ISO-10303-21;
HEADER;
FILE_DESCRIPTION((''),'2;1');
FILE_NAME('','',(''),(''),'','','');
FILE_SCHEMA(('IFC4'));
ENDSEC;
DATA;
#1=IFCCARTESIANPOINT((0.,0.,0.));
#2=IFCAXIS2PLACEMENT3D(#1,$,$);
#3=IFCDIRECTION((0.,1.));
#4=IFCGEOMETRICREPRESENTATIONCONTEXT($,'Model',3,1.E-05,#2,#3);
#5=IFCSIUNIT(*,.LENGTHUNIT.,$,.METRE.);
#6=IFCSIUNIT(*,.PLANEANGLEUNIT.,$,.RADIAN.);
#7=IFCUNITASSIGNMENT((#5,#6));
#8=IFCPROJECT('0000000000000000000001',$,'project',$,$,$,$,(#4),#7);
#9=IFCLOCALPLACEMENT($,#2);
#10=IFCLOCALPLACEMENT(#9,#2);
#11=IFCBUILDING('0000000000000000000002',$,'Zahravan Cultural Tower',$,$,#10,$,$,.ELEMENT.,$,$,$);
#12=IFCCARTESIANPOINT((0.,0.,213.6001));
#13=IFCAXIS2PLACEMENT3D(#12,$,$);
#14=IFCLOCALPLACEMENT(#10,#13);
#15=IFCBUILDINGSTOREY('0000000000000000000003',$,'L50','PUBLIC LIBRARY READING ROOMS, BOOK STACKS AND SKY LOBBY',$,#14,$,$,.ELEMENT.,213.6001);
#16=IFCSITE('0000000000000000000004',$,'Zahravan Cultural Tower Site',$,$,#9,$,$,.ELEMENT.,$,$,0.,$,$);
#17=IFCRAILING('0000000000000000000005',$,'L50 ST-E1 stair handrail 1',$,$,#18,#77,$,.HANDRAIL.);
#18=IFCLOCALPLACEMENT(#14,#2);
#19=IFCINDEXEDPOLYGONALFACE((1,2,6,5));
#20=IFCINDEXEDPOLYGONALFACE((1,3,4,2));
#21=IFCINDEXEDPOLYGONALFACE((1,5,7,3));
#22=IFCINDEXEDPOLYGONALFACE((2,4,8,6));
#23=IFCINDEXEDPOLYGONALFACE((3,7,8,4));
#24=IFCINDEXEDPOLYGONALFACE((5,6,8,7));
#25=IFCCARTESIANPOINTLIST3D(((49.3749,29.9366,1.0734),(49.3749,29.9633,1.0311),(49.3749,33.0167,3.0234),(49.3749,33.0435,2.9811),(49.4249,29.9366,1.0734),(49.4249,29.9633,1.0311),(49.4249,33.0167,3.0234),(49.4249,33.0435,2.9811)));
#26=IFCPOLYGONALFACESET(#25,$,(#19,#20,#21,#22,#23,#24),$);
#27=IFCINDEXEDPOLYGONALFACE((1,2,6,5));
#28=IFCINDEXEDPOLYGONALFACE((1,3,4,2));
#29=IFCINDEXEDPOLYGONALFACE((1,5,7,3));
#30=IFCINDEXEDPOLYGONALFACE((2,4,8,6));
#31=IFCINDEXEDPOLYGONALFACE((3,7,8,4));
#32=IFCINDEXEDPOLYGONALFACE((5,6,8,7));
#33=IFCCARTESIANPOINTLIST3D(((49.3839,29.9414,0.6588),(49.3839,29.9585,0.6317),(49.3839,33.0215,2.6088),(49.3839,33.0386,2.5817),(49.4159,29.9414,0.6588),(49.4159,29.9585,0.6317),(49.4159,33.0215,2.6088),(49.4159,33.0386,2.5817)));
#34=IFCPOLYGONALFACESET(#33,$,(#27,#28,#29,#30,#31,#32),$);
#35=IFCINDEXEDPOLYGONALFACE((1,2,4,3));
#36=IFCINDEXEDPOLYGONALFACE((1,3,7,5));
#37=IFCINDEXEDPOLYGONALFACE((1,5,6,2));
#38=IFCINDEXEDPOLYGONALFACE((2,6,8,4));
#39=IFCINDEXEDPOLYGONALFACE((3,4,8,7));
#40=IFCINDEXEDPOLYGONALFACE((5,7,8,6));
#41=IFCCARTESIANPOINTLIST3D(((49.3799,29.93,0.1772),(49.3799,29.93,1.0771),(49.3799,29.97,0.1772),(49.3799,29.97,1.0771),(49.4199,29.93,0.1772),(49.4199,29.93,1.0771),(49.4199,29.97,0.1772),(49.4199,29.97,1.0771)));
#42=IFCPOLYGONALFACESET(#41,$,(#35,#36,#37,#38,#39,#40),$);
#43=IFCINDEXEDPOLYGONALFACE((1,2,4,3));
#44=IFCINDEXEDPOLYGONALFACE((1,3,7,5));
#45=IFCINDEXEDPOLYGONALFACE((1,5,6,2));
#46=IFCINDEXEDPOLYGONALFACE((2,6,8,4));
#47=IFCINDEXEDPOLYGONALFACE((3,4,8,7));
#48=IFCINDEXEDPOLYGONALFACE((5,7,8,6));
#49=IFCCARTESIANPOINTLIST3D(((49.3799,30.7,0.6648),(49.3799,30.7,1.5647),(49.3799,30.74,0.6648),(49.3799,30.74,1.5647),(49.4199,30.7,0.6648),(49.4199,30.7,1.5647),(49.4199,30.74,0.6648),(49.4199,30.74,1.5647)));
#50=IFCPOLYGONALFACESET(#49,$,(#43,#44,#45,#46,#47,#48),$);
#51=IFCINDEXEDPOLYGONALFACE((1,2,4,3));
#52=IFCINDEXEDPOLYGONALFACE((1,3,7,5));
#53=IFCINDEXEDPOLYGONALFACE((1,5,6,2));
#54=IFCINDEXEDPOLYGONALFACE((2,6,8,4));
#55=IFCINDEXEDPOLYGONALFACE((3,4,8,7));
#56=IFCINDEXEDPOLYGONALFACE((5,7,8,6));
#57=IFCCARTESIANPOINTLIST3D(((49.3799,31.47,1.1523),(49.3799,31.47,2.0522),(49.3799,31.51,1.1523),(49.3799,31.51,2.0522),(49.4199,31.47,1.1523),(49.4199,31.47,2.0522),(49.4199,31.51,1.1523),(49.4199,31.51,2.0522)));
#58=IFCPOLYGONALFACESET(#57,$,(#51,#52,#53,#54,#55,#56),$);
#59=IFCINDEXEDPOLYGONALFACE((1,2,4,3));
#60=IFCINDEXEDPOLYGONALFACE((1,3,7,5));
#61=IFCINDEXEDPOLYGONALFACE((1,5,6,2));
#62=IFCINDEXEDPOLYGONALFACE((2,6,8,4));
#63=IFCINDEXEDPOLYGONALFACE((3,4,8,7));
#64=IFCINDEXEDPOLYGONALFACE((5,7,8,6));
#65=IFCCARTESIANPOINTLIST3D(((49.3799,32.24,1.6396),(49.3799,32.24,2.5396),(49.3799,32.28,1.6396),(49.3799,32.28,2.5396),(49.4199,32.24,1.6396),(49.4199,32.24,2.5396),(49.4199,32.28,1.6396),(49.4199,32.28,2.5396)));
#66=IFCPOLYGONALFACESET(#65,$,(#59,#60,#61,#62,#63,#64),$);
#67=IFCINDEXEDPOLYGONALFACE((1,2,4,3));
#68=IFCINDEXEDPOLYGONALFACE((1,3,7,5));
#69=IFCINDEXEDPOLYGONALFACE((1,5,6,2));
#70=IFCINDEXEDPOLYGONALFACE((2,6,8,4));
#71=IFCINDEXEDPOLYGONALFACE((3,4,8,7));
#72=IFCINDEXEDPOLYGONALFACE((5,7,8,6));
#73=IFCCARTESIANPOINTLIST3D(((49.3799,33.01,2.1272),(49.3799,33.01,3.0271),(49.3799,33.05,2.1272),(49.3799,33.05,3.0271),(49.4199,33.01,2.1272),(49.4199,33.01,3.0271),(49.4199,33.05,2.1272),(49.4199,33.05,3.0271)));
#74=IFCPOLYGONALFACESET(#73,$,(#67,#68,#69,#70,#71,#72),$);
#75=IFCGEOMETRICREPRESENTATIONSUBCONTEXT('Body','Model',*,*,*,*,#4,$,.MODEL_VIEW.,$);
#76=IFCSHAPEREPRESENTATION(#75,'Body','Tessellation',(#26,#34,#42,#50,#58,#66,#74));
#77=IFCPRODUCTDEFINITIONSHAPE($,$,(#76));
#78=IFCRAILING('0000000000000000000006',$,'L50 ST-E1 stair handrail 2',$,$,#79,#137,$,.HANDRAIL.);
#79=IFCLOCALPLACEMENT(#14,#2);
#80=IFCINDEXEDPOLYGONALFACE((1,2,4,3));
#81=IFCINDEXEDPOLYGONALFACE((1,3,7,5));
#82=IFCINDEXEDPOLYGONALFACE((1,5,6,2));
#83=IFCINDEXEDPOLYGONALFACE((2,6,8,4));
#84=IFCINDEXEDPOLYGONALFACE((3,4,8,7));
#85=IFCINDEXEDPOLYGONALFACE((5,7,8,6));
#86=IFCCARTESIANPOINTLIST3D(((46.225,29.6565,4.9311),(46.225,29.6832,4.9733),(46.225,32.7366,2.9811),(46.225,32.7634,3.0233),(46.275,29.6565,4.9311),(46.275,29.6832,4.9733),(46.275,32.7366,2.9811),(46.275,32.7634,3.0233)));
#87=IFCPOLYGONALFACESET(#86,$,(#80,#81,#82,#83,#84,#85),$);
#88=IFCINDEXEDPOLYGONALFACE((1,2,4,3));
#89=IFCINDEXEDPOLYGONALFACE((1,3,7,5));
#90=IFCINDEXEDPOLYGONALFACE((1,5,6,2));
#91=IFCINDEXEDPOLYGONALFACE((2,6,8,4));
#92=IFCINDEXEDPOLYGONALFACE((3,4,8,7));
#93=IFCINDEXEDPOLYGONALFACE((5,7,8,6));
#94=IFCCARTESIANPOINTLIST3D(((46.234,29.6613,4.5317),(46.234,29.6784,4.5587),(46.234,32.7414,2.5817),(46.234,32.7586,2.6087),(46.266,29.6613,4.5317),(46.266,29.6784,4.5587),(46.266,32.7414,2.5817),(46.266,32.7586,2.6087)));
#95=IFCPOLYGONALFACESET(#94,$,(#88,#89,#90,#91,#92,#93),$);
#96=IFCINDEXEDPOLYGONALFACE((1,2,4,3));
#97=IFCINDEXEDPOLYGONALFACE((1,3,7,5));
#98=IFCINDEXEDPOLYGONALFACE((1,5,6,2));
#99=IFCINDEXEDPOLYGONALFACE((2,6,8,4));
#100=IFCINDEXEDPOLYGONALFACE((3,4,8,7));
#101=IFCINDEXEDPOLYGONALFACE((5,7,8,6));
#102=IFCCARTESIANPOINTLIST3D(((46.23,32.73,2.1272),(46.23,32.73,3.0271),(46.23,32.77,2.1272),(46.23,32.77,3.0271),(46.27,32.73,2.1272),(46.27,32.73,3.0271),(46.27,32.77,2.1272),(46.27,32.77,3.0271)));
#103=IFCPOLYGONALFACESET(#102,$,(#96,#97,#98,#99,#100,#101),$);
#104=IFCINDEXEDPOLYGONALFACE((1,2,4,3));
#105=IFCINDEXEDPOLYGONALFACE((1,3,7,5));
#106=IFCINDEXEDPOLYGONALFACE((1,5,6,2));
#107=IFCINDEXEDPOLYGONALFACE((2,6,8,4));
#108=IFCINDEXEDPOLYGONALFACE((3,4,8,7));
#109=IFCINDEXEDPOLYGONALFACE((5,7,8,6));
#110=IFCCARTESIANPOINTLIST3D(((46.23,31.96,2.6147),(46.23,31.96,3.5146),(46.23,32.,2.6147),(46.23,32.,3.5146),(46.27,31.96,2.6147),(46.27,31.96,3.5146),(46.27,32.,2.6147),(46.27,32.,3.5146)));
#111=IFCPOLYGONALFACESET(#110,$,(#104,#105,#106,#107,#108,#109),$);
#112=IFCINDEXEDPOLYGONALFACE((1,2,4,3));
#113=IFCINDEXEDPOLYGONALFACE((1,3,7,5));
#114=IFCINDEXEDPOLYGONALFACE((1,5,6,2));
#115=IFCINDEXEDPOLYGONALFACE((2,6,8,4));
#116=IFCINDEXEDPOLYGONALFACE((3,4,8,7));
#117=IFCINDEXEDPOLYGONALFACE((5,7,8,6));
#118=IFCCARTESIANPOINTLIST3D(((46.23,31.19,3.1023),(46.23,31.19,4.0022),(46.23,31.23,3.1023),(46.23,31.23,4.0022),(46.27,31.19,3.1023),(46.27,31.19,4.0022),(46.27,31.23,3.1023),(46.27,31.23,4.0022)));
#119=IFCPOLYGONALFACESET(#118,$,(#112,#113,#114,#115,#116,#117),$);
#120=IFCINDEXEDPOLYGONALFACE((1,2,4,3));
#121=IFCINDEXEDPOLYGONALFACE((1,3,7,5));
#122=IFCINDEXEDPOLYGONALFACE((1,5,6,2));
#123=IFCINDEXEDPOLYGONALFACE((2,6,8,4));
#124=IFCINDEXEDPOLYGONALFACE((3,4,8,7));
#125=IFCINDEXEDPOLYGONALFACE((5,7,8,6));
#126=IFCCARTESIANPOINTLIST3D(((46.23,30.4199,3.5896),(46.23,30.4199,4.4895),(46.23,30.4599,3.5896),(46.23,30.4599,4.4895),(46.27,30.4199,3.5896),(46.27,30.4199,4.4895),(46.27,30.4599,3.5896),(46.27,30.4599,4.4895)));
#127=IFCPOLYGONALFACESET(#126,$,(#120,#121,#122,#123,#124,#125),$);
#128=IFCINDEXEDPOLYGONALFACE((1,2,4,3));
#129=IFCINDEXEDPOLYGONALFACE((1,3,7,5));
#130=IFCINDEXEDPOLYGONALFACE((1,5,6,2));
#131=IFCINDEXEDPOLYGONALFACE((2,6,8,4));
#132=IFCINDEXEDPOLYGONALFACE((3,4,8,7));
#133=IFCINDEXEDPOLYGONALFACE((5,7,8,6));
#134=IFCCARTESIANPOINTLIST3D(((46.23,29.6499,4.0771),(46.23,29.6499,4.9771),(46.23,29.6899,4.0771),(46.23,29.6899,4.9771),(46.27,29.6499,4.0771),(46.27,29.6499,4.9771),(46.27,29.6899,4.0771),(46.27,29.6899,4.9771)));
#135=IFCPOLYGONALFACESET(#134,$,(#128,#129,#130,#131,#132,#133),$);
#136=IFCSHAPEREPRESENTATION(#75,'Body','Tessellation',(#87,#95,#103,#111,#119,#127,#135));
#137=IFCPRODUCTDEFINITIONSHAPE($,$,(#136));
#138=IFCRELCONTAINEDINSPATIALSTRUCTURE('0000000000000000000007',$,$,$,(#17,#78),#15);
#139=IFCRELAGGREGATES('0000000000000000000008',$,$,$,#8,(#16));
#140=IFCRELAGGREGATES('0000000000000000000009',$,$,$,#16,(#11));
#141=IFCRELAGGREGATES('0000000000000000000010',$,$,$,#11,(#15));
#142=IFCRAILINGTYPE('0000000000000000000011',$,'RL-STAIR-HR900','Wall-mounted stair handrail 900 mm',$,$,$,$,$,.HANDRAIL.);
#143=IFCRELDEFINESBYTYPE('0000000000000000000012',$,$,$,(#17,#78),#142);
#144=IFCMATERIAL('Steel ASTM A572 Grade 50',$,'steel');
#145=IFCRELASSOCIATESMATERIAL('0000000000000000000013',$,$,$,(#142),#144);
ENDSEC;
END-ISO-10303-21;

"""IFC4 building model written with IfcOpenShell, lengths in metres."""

from ifc_helpers import new_model, si_unit, direction, frame, origin, origin_2d, place, context, subcontext, project, spatial, rectangle, extrude, material, type_object, element, save


model = new_model("IFC4")

# Units and contexts
model_context = context("Model", 3, precision=1e-05, world=origin(), true_north=direction((0.0, 1.0)))
body_context = subcontext(model_context, "Body", "Model", "MODEL_VIEW")
ifc_project = project(units=[si_unit("LENGTHUNIT", "METRE"), si_unit("PLANEANGLEUNIT", "RADIAN")], contexts=[model_context])

# Site, building, storey
site_placement = place(None, origin())
site = spatial("IfcSite", under=ifc_project, at=site_placement, Name="Zahravan Cultural Tower Site", CompositionType="ELEMENT", RefElevation=0.0)
building_placement = place(site_placement, origin())
building = spatial("IfcBuilding", under=site, at=building_placement, Name="Zahravan Cultural Tower", CompositionType="ELEMENT")
storey_placement = place(building_placement, frame((0.0, 0.0, 213.6001)))
storey = spatial("IfcBuildingStorey", under=building, at=storey_placement, Name="L50", Description="PUBLIC LIBRARY READING ROOMS, BOOK STACKS AND SKY LOBBY", CompositionType="ELEMENT", Elevation=213.6001)

# Railings
ifc_material_1 = material(Name="Steel ASTM A572 Grade 50", Category="steel")
railing_type_1 = type_object("IfcRailingType", Name="RL-STAIR-HR900", Description="Wall-mounted stair handrail 900 mm", PredefinedType="HANDRAIL", material=ifc_material_1)
railing_1_placement = place(storey_placement, frame((49.3999, 29.95, 0.1772)))
element("IfcRailing", 1, at=railing_1_placement, inside=storey, type_object=railing_type_1, Name="L50 ST-E1 stair handrail 1", PredefinedType="HANDRAIL", context=body_context, shape_type="SweptSolid", body=[
    extrude(rectangle(XDim=0.05, YDim=0.05, at=origin_2d()), frame((0.0, 0.0, 0.875), z_axis=(0.0, 0.844914, 0.534902), x_axis=(-1.0, 0.0, 0.0)), (0.0, 0.0, 1.0), 3.6455),
    extrude(rectangle(XDim=0.032, YDim=0.032, at=origin_2d()), frame((0.0, 0.0, 0.468), z_axis=(0.0, 0.844914, 0.534902), x_axis=(-1.0, 0.0, 0.0)), (0.0, 0.0, 1.0), 3.6455),
    extrude(rectangle(XDim=0.04, YDim=0.04, at=origin_2d()), origin(), (0.0, 0.0, 1.0), 0.8999),
    extrude(rectangle(XDim=0.04, YDim=0.04, at=origin_2d()), frame((0.0, 0.77, 0.4875)), (0.0, 0.0, 1.0), 0.8999),
    extrude(rectangle(XDim=0.04, YDim=0.04, at=origin_2d()), frame((0.0, 1.54, 0.9751)), (0.0, 0.0, 1.0), 0.8999),
    extrude(rectangle(XDim=0.04, YDim=0.04, at=origin_2d()), frame((0.0, 2.3101, 1.4624)), (0.0, 0.0, 1.0), 0.8999),
    extrude(rectangle(XDim=0.04, YDim=0.04, at=origin_2d()), frame((0.0, 3.0801, 1.95)), (0.0, 0.0, 1.0), 0.8999),
])
railing_2_placement = place(storey_placement, frame((46.25, 32.75, 2.1272)))
element("IfcRailing", 2, at=railing_2_placement, inside=storey, type_object=railing_type_1, Name="L50 ST-E1 stair handrail 2", PredefinedType="HANDRAIL", context=body_context, shape_type="SweptSolid", body=[
    extrude(rectangle(XDim=0.05, YDim=0.05, at=origin_2d()), frame((0.0, 0.0, 0.875), z_axis=(0.0, -0.844914, 0.534902), x_axis=(1.0, 0.0, 0.0)), (0.0, 0.0, 1.0), 3.6455),
    extrude(rectangle(XDim=0.032, YDim=0.032, at=origin_2d()), frame((0.0, 0.0, 0.468), z_axis=(0.0, -0.844914, 0.534902), x_axis=(1.0, 0.0, 0.0)), (0.0, 0.0, 1.0), 3.6455),
    extrude(rectangle(XDim=0.04, YDim=0.04, at=origin_2d()), origin(), (0.0, 0.0, 1.0), 0.8999),
    extrude(rectangle(XDim=0.04, YDim=0.04, at=origin_2d()), frame((0.0, -0.77, 0.4875)), (0.0, 0.0, 1.0), 0.8999),
    extrude(rectangle(XDim=0.04, YDim=0.04, at=origin_2d()), frame((0.0, -1.54, 0.9751)), (0.0, 0.0, 1.0), 0.8999),
    extrude(rectangle(XDim=0.04, YDim=0.04, at=origin_2d()), frame((0.0, -2.3101, 1.4624)), (0.0, 0.0, 1.0), 0.8999),
    extrude(rectangle(XDim=0.04, YDim=0.04, at=origin_2d()), frame((0.0, -3.0801, 1.95)), (0.0, 0.0, 1.0), 0.8999),
])

save(model, "model.ifc")
